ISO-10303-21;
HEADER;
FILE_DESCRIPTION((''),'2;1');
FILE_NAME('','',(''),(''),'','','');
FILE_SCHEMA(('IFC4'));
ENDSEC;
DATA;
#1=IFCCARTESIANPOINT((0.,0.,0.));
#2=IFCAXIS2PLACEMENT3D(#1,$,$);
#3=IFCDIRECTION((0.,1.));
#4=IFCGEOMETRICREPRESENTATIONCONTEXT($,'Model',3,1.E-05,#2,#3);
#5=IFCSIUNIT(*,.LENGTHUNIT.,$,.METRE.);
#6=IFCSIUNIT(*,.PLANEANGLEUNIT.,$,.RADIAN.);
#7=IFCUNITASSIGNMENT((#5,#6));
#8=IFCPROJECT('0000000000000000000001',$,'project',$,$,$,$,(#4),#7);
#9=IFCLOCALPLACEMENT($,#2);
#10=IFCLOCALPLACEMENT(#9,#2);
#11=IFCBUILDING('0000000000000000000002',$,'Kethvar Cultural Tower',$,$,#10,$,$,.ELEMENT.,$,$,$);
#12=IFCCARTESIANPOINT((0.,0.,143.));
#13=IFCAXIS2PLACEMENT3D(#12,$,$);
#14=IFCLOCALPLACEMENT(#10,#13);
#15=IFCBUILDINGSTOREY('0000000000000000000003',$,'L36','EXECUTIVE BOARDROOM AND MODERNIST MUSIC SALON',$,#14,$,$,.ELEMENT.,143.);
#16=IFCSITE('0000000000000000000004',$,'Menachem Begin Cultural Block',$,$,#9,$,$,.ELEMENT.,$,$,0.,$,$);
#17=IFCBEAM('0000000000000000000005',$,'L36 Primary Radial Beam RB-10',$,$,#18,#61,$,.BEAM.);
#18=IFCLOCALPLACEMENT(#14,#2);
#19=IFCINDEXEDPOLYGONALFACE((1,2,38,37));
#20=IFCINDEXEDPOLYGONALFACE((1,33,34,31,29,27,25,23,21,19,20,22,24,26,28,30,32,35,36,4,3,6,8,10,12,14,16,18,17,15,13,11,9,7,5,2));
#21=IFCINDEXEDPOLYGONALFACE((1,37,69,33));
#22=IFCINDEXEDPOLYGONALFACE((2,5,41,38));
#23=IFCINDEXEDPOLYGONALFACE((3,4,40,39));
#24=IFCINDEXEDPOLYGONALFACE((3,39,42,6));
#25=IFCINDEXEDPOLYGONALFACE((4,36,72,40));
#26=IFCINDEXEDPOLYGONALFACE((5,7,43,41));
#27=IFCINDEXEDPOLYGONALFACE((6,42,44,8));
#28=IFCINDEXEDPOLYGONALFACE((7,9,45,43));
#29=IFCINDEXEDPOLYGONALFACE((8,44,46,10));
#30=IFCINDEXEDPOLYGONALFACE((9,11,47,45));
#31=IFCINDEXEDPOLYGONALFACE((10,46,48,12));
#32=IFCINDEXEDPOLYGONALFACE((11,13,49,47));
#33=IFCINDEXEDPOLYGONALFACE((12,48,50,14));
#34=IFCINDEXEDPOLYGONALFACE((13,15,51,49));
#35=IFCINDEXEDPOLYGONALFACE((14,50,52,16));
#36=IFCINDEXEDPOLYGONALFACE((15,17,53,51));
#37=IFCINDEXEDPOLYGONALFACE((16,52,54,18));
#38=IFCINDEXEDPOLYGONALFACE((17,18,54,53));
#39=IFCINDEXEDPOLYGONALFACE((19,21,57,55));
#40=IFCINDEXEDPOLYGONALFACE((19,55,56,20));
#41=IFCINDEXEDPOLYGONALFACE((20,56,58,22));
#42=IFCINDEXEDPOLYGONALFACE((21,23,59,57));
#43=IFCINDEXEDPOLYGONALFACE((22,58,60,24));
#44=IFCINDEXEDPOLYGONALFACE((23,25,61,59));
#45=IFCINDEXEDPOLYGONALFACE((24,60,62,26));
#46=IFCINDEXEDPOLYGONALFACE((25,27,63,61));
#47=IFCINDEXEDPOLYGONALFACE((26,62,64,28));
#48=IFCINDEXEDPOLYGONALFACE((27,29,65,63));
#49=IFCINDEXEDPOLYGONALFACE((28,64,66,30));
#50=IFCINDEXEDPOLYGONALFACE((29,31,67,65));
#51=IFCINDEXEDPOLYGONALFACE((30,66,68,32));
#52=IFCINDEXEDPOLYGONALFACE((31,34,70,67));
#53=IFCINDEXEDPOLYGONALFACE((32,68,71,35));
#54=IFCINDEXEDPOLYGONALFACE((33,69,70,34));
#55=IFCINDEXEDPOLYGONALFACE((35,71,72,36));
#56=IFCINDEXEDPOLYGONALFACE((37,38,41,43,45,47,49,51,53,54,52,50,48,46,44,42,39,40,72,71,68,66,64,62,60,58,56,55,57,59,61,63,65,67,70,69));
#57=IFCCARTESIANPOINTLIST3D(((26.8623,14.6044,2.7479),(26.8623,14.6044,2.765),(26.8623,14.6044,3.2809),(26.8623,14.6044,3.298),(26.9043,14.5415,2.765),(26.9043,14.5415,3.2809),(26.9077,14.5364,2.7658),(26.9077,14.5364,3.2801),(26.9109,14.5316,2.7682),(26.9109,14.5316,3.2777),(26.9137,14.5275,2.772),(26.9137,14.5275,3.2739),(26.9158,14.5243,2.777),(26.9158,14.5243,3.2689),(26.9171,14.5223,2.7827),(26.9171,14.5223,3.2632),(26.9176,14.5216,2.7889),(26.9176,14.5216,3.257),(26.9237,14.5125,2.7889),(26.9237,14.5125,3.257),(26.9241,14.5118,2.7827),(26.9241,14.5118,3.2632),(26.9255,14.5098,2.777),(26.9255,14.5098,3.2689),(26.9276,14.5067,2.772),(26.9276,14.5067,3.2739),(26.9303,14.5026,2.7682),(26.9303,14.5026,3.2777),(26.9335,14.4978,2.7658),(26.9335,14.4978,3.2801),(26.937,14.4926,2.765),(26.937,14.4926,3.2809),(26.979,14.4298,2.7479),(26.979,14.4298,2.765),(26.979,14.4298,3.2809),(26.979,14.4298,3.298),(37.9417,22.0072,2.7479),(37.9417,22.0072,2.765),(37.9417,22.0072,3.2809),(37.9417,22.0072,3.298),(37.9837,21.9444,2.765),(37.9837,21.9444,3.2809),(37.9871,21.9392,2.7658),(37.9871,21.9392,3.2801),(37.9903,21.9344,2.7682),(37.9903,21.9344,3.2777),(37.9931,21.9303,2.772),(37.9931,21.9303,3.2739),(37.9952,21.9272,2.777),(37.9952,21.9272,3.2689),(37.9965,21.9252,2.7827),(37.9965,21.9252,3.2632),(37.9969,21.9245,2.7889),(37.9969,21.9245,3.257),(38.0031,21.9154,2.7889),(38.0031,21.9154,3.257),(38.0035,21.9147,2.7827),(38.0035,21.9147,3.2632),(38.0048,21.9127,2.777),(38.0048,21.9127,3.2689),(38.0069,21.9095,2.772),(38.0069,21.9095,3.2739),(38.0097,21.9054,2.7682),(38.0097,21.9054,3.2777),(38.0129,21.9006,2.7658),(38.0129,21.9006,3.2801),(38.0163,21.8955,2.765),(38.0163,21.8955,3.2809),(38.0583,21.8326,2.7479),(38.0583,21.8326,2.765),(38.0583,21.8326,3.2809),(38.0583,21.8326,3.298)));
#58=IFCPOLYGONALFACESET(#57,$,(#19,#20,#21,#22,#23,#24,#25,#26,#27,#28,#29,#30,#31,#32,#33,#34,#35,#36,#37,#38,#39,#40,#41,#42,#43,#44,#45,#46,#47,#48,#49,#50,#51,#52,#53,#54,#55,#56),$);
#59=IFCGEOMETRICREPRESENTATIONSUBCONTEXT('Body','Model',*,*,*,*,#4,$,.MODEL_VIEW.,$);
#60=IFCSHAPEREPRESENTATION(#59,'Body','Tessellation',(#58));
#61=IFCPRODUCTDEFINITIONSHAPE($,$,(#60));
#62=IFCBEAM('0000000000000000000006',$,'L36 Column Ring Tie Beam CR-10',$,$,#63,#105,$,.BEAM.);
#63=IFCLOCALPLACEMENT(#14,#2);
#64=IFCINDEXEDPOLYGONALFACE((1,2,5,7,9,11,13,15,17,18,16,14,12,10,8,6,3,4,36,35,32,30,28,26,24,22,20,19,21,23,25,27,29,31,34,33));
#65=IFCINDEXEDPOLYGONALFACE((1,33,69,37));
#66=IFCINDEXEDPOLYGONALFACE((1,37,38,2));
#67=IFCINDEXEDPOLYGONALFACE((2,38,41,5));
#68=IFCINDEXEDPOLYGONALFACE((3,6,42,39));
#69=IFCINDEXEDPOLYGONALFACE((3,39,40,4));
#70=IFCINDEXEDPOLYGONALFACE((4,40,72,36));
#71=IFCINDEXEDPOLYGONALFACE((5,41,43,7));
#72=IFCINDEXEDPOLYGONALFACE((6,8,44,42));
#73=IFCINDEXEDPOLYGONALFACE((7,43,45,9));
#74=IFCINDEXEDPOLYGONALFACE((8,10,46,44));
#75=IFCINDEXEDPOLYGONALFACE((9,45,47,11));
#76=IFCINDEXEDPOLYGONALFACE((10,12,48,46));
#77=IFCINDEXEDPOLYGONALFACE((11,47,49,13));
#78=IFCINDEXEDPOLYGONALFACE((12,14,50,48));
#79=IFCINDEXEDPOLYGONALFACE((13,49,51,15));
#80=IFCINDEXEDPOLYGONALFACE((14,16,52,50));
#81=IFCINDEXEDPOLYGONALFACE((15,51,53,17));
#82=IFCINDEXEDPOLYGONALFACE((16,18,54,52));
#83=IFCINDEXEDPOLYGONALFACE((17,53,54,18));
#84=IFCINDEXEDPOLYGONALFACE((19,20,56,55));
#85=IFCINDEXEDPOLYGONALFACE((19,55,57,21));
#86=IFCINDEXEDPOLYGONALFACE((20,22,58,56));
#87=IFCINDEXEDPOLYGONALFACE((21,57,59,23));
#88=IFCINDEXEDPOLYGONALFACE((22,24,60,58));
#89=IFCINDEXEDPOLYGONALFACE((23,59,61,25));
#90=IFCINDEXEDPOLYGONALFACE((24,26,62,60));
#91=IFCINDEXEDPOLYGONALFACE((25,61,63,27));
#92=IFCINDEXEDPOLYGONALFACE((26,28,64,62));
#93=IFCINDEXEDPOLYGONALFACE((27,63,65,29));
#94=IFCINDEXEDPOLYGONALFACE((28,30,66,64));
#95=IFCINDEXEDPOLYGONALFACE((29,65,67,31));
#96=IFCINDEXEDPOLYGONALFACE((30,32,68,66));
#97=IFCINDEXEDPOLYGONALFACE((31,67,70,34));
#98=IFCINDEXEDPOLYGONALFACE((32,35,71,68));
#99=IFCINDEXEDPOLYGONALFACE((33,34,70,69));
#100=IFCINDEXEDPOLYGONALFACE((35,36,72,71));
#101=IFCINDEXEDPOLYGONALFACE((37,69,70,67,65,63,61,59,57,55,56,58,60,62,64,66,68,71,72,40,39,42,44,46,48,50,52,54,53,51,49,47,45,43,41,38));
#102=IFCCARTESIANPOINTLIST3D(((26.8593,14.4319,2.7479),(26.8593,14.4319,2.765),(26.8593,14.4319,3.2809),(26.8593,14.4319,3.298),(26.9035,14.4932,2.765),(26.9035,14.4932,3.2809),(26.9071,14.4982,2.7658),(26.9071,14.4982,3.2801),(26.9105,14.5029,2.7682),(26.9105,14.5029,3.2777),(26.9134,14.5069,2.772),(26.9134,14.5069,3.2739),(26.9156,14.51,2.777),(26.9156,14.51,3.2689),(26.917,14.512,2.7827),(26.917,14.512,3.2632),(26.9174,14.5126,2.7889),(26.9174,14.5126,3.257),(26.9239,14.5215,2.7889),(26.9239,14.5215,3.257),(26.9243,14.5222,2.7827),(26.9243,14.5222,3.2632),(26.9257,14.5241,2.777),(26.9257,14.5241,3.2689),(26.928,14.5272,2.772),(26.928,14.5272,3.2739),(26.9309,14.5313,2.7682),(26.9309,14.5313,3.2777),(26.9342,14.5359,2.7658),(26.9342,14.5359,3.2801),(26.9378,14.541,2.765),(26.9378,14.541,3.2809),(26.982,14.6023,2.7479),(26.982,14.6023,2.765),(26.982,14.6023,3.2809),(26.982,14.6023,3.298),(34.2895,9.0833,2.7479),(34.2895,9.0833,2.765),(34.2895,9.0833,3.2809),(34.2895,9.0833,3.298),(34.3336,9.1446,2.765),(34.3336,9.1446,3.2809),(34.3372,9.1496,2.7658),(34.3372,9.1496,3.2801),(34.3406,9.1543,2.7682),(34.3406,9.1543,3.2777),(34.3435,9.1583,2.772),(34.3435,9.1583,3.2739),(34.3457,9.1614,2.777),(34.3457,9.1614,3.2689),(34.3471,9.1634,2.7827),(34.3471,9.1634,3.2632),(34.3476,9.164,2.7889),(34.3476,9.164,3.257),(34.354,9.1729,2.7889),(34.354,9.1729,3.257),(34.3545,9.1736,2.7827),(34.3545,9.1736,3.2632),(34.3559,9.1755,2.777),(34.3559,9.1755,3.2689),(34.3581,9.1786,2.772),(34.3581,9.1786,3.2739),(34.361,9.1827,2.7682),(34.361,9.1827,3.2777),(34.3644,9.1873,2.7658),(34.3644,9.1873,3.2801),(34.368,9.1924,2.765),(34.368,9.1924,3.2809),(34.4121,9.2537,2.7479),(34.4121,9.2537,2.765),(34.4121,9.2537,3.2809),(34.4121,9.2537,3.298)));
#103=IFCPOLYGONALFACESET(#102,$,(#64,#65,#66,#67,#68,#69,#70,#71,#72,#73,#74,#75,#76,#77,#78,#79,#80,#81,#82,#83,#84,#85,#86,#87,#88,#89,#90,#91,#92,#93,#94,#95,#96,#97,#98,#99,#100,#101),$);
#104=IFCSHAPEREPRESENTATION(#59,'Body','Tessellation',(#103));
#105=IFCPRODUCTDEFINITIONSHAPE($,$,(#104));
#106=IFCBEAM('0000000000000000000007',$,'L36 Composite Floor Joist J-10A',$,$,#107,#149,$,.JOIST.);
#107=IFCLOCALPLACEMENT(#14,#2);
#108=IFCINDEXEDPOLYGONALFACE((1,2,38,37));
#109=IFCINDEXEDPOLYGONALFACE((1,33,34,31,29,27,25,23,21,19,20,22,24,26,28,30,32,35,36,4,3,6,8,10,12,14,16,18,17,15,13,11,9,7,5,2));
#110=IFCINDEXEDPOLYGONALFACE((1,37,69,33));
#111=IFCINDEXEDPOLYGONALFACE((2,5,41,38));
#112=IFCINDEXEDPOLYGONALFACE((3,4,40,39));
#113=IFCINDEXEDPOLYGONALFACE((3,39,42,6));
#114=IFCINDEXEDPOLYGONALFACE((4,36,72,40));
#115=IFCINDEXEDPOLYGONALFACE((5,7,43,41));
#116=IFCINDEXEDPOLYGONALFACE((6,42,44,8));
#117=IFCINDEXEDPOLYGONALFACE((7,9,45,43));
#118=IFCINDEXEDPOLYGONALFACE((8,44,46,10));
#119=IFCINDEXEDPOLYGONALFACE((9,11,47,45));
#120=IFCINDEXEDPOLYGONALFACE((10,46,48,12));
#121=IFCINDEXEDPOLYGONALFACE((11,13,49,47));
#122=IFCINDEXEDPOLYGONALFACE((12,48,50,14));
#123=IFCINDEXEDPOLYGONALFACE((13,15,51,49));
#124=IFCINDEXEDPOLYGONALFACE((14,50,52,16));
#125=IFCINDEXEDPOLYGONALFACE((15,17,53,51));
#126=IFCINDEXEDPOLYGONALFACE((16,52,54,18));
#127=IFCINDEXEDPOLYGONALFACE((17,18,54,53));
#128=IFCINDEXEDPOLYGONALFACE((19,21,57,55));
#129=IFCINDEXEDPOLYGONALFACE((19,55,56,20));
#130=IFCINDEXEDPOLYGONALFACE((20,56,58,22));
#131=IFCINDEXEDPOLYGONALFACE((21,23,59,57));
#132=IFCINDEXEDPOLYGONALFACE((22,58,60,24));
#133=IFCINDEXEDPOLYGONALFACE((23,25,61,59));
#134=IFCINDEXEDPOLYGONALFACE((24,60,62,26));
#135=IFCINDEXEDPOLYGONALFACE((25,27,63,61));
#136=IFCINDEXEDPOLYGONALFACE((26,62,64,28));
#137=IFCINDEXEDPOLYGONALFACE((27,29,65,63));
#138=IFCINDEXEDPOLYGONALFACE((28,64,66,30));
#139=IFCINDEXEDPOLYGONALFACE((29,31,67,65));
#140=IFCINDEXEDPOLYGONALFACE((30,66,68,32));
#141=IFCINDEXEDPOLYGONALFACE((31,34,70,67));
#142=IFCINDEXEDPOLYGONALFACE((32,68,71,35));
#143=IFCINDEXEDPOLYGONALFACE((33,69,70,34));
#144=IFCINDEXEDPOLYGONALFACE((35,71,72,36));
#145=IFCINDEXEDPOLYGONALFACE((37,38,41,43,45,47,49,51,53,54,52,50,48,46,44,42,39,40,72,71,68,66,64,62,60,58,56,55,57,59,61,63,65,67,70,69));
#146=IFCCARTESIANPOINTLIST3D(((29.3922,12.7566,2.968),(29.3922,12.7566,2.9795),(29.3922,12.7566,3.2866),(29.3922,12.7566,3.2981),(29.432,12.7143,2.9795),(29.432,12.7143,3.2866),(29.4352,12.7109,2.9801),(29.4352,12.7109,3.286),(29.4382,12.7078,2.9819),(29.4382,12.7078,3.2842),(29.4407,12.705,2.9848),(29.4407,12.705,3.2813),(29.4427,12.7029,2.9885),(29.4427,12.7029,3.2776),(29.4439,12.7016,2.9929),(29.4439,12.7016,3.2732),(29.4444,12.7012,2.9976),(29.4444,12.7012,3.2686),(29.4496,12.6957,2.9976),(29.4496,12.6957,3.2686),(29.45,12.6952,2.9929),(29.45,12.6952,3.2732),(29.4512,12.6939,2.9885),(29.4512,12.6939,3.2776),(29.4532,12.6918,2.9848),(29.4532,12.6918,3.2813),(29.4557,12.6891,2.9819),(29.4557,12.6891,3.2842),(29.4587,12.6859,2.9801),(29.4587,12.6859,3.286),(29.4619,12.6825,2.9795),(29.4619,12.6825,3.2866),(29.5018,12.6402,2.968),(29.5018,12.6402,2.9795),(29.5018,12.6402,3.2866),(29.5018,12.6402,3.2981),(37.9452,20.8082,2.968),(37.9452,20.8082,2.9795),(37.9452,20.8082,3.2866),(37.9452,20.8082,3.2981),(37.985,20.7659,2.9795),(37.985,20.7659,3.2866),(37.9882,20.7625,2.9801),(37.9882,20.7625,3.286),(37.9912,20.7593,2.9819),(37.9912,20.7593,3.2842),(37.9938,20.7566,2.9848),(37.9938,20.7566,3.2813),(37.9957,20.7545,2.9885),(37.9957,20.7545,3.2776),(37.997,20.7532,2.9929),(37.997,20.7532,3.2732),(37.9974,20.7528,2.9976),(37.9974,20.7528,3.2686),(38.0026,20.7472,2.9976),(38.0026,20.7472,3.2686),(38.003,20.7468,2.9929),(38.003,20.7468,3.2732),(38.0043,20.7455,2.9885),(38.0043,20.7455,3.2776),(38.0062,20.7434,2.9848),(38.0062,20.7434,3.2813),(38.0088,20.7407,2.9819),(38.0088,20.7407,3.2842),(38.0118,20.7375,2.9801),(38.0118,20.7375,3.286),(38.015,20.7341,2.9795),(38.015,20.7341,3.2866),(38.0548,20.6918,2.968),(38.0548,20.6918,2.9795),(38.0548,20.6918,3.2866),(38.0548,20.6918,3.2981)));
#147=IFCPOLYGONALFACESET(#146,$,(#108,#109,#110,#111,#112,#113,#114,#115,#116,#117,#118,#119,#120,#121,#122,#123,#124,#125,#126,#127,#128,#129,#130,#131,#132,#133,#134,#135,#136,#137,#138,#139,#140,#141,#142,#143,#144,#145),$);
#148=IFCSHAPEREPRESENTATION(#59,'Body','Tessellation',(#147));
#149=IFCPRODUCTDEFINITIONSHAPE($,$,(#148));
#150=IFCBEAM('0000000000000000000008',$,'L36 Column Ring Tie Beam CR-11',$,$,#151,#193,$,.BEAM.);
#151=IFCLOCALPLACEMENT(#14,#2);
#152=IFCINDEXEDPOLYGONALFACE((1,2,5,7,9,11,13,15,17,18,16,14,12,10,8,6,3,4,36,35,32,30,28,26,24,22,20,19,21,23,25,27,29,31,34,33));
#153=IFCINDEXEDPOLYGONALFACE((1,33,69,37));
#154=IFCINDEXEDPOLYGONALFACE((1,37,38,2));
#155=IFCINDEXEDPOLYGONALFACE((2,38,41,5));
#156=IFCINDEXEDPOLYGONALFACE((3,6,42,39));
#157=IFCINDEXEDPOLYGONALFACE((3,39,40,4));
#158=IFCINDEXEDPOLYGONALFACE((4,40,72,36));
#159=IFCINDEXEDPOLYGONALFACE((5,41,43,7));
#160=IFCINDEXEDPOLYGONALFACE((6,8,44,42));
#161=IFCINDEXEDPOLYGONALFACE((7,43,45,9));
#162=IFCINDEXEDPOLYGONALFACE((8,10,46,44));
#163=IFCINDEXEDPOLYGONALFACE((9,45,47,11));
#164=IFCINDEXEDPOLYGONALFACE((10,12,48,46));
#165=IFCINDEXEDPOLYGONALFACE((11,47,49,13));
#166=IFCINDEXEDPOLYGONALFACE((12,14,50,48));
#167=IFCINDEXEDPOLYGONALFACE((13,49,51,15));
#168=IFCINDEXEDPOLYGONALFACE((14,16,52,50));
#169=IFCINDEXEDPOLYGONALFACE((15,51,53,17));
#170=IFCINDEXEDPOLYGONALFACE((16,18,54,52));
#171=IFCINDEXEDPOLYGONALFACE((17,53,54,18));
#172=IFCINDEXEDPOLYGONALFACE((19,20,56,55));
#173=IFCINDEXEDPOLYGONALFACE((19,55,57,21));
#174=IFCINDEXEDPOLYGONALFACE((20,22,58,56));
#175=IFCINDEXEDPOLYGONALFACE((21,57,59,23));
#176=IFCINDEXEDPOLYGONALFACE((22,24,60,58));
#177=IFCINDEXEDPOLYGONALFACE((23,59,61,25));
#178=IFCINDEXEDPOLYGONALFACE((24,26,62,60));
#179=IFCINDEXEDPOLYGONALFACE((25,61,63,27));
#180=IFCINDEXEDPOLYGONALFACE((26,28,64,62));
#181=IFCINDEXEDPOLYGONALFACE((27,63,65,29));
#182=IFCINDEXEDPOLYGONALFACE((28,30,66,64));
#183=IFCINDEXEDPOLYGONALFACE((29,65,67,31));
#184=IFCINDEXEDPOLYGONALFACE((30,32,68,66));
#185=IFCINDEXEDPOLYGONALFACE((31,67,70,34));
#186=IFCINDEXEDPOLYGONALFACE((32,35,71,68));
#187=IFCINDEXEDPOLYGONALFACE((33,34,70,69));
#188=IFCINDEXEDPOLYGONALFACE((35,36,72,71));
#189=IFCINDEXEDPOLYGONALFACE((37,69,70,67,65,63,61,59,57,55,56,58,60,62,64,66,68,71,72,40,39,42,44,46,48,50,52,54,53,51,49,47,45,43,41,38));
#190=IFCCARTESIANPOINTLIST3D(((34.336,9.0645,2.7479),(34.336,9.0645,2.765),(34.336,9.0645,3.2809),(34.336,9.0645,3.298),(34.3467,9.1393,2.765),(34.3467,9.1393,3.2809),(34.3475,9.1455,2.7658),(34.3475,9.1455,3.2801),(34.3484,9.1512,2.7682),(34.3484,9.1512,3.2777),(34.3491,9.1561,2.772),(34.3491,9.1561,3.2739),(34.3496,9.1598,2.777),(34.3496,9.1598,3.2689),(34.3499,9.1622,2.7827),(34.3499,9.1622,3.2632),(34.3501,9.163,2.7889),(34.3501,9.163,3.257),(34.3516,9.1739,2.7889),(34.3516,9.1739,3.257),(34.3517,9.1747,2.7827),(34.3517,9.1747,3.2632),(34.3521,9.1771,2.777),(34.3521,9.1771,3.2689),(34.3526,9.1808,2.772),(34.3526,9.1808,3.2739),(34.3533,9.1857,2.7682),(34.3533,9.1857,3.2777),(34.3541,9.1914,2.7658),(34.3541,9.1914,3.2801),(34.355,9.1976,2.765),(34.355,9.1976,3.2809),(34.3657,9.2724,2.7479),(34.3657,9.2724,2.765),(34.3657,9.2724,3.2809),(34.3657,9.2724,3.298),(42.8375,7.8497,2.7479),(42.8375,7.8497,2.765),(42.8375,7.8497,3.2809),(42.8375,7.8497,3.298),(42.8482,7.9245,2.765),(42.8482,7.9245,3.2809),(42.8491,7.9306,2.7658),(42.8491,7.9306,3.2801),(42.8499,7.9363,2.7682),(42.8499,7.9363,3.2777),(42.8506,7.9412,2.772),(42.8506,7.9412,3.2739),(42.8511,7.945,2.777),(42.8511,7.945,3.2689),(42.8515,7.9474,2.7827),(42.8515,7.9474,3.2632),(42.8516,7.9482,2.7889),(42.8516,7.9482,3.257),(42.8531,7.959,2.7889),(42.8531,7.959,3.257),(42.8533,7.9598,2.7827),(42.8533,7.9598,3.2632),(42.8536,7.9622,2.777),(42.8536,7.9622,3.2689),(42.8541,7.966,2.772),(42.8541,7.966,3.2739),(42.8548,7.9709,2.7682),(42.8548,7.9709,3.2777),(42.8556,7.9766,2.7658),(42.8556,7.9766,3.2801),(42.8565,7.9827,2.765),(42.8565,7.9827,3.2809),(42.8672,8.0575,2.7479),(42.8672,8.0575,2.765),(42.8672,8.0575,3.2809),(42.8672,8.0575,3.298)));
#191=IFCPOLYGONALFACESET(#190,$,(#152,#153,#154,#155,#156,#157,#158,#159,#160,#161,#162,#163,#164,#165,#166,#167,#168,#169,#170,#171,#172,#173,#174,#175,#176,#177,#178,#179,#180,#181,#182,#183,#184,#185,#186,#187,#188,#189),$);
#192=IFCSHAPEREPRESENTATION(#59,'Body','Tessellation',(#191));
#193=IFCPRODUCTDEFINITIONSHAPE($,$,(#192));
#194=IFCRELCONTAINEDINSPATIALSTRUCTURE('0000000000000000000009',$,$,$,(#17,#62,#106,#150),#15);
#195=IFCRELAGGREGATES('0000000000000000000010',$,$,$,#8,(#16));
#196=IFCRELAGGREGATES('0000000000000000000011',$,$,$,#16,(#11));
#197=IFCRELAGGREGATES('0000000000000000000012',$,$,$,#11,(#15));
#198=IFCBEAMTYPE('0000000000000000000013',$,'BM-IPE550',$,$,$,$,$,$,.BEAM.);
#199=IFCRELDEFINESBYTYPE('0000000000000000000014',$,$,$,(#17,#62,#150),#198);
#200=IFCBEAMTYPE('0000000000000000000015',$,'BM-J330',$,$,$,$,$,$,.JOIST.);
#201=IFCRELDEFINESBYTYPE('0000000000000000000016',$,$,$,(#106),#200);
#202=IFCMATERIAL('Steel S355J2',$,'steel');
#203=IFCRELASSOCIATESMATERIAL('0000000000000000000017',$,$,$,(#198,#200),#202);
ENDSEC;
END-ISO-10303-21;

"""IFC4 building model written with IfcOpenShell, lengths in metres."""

from ifc_helpers import new_model, si_unit, direction, frame, origin, origin_2d, place, context, subcontext, project, spatial, i_section, extrude, source, transform, mapped, material, material_profile, profile_set, type_object, element, save


model = new_model("IFC4")

# Units and contexts
model_context = context("Model", 3, precision=1e-05, world=origin(), true_north=direction((0.0, 1.0)))
body_context = subcontext(model_context, "Body", "Model", "MODEL_VIEW")
ifc_project = project(units=[si_unit("LENGTHUNIT", "METRE"), si_unit("PLANEANGLEUNIT", "RADIAN")], contexts=[model_context])

# Site, building, storey
site_placement = place(None, origin())
site = spatial("IfcSite", under=ifc_project, at=site_placement, Name="Menachem Begin Cultural Block", CompositionType="ELEMENT", RefElevation=0.0)
building_placement = place(site_placement, origin())
building = spatial("IfcBuilding", under=site, at=building_placement, Name="Kethvar Cultural Tower", CompositionType="ELEMENT")
storey_placement = place(building_placement, frame((0.0, 0.0, 143.0)))
storey = spatial("IfcBuildingStorey", under=building, at=storey_placement, Name="L36", Description="EXECUTIVE BOARDROOM AND MODERNIST MUSIC SALON", CompositionType="ELEMENT", Elevation=143.0)

# Beams
ifc_material_1 = material(Name="Steel S355J2", Category="steel")
ifc_material_profile_1 = material_profile(ifc_material_1, i_section(OverallWidth=0.21, OverallDepth=0.55, WebThickness=0.011, FlangeThickness=0.0171, FilletRadius=0.0239, at=origin_2d()), Name="Steel S355J2 — IPE550")
ifc_profile_set_1 = profile_set([ifc_material_profile_1], Name="Steel S355J2 — IPE550")
beam_type_1 = type_object("IfcBeamType", Name="BM-IPE550", PredefinedType="BEAM", material=ifc_profile_set_1)
shared_shape_1 = source(origin(), body_context, "Body", "SweptSolid", [
    extrude(i_section(OverallWidth=0.21, OverallDepth=0.55, WebThickness=0.011, FlangeThickness=0.0171, FilletRadius=0.0239, at=origin_2d()), origin(), (0.0, 0.0, 1.0), 13.325),
])
beam_1_placement = place(storey_placement, frame((38.0, 21.9199, 3.0229), z_axis=(-0.831475, -0.555562, 0.0), x_axis=(0.555562, -0.831475, 0.0)))
element("IfcBeam", 1, at=beam_1_placement, inside=storey, type_object=beam_type_1, Name="L36 Primary Radial Beam RB-10", PredefinedType="BEAM", context=body_context, shape_type="MappedRepresentation", body=[
    mapped(shared_shape_1, transform((0.0, 0.0, 0.0), scale=1.0)),
])
shared_shape_2 = source(origin(), body_context, "Body", "SweptSolid", [
    extrude(i_section(OverallWidth=0.21, OverallDepth=0.55, WebThickness=0.011, FlangeThickness=0.0171, FilletRadius=0.0239, at=origin_2d()), origin(), (0.0, 0.0, 1.0), 9.155),
])
beam_2_placement = place(storey_placement, frame((26.9207, 14.5171, 3.0229), z_axis=(0.811591, -0.584226, 0.0), x_axis=(0.584226, 0.811591, 0.0)))
element("IfcBeam", 2, at=beam_2_placement, inside=storey, type_object=beam_type_1, Name="L36 Column Ring Tie Beam CR-10", PredefinedType="BEAM", context=body_context, shape_type="MappedRepresentation", body=[
    mapped(shared_shape_2, transform((0.0, 0.0, 0.0), scale=1.0)),
])
ifc_material_profile_2 = material_profile(ifc_material_1, i_section(OverallWidth=0.1599, OverallDepth=0.3301, WebThickness=0.0076, FlangeThickness=0.0115, FilletRadius=0.0181, at=origin_2d()), Name="Steel S355J2 — IPE330")
ifc_profile_set_2 = profile_set([ifc_material_profile_2], Name="Steel S355J2 — IPE330")
beam_type_2 = type_object("IfcBeamType", Name="BM-J330", PredefinedType="JOIST", material=ifc_profile_set_2)
shared_shape_3 = source(origin(), body_context, "Body", "SweptSolid", [
    extrude(i_section(OverallWidth=0.1599, OverallDepth=0.3301, WebThickness=0.0076, FlangeThickness=0.0115, FilletRadius=0.0181, at=origin_2d()), origin(), (0.0, 0.0, 1.0), 11.7466),
])
beam_3_placement = place(storey_placement, frame((38.0, 20.75, 3.1331), z_axis=(-0.72813, -0.685439, 0.0), x_axis=(0.685439, -0.72813, 0.0)))
element("IfcBeam", 3, at=beam_3_placement, inside=storey, type_object=beam_type_2, Name="L36 Composite Floor Joist J-10A", PredefinedType="JOIST", context=body_context, shape_type="MappedRepresentation", body=[
    mapped(shared_shape_3, transform((0.0, 0.0, 0.0), scale=1.0)),
])
shared_shape_4 = source(origin(), body_context, "Body", "SweptSolid", [
    extrude(i_section(OverallWidth=0.21, OverallDepth=0.55, WebThickness=0.011, FlangeThickness=0.0171, FilletRadius=0.0239, at=origin_2d()), origin(), (0.0, 0.0, 1.0), 8.5879),
])
beam_4_placement = place(storey_placement, frame((34.3508, 9.1685, 3.0229), z_axis=(0.989944, -0.141461, 0.0), x_axis=(0.141461, 0.989944, 0.0)))
element("IfcBeam", 4, at=beam_4_placement, inside=storey, type_object=beam_type_1, Name="L36 Column Ring Tie Beam CR-11", PredefinedType="BEAM", context=body_context, shape_type="MappedRepresentation", body=[
    mapped(shared_shape_4, transform((0.0, 0.0, 0.0), scale=1.0)),
])

save(model, "model.ifc")
